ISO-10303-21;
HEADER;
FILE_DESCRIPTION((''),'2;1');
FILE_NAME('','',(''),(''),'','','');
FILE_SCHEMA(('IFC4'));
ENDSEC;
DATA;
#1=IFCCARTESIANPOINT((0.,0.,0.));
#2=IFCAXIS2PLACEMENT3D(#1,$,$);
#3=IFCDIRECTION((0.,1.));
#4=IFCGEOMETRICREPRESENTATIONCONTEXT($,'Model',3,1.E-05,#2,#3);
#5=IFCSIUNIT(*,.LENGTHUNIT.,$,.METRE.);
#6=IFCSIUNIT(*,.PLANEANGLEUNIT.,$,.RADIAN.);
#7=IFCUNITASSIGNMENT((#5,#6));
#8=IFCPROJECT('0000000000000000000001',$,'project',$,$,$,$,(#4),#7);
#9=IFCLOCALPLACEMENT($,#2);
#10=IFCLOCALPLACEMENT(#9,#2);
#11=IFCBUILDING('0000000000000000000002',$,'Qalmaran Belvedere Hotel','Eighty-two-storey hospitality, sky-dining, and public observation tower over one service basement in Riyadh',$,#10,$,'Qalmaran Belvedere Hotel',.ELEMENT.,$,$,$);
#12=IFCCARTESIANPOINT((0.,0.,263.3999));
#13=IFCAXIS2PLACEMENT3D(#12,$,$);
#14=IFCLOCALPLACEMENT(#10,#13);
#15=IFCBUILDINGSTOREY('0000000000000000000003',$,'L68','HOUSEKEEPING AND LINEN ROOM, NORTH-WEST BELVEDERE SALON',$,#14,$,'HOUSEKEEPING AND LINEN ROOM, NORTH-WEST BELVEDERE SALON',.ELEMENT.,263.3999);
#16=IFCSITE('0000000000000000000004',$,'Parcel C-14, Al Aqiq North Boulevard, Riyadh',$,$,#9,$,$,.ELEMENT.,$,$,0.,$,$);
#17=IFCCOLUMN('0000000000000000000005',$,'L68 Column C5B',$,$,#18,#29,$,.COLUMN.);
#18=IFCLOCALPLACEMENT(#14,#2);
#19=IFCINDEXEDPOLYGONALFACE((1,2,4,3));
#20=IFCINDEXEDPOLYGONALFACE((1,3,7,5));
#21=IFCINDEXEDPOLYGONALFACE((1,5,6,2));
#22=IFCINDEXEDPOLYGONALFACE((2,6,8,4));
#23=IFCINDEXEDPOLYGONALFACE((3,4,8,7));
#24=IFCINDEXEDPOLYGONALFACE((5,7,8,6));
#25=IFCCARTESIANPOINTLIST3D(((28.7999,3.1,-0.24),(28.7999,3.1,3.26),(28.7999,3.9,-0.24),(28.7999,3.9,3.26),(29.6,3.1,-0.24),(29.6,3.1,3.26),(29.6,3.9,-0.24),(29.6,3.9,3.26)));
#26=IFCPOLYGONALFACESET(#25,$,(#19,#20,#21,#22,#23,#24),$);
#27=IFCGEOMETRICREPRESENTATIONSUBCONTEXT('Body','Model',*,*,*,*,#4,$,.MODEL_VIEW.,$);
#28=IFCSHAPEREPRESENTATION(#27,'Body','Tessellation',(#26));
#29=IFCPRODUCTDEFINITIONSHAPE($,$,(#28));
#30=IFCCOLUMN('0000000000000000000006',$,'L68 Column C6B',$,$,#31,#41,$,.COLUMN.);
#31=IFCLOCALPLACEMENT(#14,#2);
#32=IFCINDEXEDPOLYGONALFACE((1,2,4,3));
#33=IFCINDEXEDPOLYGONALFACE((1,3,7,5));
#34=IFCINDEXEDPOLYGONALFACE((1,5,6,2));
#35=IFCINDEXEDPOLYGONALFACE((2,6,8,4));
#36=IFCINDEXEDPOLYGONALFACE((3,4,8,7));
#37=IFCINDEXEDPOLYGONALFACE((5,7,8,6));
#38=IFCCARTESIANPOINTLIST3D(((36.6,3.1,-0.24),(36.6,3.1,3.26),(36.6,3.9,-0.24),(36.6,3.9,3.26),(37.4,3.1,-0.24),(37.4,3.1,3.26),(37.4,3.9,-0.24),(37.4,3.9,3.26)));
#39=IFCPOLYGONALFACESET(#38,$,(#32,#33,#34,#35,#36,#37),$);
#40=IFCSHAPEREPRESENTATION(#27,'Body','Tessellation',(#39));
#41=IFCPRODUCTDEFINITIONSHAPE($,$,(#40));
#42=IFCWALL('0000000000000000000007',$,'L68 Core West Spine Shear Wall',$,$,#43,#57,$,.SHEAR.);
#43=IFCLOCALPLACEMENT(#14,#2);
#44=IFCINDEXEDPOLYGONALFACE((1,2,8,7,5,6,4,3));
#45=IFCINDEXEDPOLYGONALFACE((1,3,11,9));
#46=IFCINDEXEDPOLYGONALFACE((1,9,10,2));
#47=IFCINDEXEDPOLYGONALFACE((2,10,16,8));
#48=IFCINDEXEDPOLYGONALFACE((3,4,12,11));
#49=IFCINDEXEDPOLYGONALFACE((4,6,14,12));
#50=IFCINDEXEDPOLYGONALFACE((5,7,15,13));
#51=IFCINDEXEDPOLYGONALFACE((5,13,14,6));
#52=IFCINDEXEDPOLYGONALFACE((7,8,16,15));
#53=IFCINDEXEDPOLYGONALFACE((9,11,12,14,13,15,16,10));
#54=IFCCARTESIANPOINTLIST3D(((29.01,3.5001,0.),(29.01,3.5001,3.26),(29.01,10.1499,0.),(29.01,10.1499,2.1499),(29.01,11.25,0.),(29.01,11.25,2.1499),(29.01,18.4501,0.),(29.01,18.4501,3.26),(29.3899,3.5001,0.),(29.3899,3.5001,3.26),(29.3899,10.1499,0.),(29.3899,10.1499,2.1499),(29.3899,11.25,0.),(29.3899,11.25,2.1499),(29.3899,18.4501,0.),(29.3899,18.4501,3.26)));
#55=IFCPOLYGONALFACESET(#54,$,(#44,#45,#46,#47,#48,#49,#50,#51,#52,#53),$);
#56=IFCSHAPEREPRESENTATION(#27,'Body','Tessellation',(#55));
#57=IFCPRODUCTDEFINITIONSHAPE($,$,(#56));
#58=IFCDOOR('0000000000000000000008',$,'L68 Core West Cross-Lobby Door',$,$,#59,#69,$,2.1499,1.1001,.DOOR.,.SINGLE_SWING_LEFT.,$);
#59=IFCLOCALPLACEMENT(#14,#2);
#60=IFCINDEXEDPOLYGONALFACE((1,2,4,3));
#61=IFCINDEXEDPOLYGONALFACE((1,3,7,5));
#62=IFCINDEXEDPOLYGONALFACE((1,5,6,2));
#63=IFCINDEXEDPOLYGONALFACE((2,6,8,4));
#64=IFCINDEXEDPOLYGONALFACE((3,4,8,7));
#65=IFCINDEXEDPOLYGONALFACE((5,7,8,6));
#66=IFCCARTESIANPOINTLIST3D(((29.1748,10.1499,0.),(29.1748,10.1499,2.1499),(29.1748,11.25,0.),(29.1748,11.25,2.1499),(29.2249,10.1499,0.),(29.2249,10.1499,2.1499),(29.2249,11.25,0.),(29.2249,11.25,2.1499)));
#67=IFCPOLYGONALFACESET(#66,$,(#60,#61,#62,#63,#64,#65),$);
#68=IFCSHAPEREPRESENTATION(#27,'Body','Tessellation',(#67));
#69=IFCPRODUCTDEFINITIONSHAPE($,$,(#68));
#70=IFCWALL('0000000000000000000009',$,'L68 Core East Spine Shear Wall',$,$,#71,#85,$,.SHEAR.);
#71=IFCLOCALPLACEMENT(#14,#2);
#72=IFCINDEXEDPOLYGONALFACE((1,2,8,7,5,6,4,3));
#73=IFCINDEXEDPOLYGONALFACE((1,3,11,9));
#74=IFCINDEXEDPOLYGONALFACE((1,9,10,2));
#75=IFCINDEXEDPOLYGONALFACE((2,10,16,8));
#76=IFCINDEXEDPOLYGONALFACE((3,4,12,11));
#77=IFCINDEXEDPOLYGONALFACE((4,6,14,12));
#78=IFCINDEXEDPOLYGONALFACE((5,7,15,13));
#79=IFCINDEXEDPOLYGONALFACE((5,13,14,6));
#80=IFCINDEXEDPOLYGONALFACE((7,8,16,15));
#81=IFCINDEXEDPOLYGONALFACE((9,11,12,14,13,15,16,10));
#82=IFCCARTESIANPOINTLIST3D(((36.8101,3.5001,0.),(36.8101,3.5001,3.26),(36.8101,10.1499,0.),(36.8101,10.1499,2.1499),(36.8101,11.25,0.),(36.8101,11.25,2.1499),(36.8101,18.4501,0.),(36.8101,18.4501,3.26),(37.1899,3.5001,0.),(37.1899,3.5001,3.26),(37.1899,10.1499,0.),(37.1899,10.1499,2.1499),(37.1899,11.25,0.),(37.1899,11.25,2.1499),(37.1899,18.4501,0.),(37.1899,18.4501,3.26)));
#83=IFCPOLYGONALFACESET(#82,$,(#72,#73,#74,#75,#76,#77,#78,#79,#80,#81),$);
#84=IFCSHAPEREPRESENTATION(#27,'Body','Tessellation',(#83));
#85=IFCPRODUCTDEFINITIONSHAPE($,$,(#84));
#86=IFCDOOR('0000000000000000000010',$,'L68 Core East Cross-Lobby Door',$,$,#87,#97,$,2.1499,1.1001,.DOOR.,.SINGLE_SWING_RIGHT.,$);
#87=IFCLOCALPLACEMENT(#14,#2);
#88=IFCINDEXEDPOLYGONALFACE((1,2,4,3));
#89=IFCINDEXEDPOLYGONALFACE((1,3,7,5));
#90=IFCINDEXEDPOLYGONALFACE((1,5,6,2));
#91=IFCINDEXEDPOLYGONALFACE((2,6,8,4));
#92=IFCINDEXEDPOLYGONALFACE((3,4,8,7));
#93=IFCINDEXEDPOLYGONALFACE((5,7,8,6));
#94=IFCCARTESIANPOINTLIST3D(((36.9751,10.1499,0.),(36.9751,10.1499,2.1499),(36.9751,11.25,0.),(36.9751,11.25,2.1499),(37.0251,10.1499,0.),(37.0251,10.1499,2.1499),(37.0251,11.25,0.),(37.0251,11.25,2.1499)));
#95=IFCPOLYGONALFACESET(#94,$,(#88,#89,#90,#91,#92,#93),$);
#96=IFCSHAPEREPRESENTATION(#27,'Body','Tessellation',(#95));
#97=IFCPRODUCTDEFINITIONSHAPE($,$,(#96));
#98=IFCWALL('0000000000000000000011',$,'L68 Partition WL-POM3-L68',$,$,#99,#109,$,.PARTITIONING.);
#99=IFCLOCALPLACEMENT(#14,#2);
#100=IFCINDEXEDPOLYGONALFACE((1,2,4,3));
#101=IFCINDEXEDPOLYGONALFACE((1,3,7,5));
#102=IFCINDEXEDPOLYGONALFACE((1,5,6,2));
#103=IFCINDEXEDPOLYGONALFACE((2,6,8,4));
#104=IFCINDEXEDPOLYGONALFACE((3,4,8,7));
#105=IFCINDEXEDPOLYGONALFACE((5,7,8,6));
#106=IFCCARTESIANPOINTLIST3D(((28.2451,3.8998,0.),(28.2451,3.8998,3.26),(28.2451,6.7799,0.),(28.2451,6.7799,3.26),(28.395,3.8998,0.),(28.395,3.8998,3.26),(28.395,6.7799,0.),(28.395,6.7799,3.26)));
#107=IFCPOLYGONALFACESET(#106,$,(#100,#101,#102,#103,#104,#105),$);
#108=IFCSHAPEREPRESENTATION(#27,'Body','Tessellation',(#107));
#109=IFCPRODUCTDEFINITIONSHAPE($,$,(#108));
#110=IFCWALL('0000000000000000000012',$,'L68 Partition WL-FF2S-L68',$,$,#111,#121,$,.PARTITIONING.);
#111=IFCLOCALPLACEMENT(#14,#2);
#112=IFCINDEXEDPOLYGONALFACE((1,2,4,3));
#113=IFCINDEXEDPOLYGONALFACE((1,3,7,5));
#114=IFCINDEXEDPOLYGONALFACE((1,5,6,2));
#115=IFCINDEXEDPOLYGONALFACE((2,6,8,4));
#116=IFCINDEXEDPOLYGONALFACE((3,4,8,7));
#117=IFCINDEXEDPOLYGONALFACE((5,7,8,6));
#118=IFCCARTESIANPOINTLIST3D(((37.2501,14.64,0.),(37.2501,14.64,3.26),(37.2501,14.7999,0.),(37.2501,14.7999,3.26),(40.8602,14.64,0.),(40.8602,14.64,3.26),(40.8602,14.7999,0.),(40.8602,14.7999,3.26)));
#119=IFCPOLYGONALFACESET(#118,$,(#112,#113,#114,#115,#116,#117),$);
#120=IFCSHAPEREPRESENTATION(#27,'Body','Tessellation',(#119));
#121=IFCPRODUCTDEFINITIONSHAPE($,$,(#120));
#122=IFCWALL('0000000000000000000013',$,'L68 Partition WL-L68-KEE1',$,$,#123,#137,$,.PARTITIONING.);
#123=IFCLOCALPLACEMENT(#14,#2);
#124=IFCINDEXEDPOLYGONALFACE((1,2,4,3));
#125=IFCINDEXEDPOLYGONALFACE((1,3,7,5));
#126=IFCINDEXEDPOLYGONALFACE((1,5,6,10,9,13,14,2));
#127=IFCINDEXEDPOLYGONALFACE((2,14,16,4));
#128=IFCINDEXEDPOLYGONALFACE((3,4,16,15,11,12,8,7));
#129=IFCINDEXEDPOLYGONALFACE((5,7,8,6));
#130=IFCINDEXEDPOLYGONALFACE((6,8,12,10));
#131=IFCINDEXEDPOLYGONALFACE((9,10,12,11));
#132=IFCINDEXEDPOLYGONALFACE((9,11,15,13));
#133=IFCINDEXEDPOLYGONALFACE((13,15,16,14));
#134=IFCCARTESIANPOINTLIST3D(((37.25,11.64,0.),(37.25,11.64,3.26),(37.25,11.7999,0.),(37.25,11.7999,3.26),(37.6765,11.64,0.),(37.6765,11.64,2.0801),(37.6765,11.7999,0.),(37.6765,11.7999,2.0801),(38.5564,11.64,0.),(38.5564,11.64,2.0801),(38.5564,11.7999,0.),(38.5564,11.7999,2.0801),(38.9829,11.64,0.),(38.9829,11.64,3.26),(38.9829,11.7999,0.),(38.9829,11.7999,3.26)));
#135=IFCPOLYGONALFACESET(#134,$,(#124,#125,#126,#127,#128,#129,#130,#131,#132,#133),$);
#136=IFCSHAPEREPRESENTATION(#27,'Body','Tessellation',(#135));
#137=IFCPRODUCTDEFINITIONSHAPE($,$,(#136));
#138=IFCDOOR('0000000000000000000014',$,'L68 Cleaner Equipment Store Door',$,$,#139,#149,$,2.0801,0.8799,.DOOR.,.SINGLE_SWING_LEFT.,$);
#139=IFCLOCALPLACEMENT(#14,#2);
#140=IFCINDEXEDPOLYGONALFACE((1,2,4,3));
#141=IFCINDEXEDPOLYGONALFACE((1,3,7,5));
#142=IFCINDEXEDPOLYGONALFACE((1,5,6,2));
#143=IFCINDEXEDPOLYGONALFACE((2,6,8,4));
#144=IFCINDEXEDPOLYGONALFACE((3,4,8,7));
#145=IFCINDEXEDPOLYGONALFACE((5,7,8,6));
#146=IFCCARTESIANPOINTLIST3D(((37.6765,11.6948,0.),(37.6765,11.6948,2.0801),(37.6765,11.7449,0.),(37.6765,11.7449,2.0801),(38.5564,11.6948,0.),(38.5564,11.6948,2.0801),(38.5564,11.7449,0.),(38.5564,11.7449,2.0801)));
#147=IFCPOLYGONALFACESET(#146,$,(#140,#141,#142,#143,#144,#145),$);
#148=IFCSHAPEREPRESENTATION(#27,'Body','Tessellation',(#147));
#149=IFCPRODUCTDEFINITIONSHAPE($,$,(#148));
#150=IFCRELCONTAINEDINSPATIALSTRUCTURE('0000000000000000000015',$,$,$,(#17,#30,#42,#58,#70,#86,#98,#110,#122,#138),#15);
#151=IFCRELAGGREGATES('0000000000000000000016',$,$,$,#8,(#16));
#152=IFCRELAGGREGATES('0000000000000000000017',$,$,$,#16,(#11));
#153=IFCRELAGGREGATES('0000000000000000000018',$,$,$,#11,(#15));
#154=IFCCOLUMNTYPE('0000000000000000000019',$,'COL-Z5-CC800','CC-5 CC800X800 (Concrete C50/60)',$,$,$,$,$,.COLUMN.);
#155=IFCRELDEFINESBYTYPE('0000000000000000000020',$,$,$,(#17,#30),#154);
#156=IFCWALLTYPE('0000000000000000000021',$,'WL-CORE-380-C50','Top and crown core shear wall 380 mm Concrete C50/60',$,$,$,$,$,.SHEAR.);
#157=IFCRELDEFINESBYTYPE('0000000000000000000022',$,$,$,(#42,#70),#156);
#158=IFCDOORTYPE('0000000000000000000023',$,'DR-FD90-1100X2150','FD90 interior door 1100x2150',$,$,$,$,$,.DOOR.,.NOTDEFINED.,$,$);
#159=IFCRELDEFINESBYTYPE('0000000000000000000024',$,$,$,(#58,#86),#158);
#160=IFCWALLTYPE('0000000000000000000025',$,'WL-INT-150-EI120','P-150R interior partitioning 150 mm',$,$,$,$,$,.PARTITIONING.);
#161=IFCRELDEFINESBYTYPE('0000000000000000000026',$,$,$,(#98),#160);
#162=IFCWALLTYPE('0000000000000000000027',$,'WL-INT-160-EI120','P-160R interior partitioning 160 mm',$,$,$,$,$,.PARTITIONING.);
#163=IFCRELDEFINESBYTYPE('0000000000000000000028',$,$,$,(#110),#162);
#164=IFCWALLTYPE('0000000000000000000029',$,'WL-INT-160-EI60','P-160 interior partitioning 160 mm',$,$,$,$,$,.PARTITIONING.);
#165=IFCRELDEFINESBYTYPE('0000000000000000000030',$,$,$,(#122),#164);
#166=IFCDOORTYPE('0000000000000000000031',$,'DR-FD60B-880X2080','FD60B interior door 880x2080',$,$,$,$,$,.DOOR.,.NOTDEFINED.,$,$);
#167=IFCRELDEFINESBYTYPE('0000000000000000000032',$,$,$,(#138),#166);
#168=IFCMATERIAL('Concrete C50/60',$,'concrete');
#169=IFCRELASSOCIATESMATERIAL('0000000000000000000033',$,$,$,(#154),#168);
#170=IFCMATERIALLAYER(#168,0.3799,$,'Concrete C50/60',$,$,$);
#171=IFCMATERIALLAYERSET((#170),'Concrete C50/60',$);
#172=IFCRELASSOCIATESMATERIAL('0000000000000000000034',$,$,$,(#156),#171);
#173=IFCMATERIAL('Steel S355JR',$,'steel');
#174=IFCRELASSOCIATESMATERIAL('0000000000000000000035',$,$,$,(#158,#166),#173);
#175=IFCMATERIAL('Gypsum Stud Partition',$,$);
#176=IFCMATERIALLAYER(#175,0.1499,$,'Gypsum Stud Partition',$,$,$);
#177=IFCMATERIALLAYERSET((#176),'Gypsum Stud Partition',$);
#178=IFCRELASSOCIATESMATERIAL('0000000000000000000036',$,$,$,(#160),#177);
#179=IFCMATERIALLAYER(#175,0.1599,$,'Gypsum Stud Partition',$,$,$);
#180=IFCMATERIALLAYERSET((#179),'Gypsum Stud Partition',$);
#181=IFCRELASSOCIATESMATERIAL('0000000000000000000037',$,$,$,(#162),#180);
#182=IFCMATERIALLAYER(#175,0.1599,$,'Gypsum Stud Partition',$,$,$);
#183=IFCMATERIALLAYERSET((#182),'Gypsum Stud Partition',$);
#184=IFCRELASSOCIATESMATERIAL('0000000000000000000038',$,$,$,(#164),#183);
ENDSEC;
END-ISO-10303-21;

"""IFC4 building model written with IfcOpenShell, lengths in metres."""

from ifc_helpers import new_model, si_unit, direction, frame, frame_2d, origin, origin_2d, place, context, subcontext, project, spatial, rectangle, extrude, material, layer, layer_set, material_profile, profile_set, type_object, element, fill, save


model = new_model("IFC4")

# Units and contexts
model_context = context("Model", 3, precision=1e-05, world=origin(), true_north=direction((0.0, 1.0)))
body_context = subcontext(model_context, "Body", "Model", "MODEL_VIEW")
ifc_project = project(units=[si_unit("LENGTHUNIT", "METRE"), si_unit("PLANEANGLEUNIT", "RADIAN")], contexts=[model_context])

# Site, building, storey
site_placement = place(None, origin())
site = spatial("IfcSite", under=ifc_project, at=site_placement, Name="Parcel C-14, Al Aqiq North Boulevard, Riyadh", CompositionType="ELEMENT", RefElevation=0.0)
building_placement = place(site_placement, origin())
building = spatial("IfcBuilding", under=site, at=building_placement, Name="Qalmaran Belvedere Hotel", Description="Eighty-two-storey hospitality, sky-dining, and public observation tower over one service basement in Riyadh", LongName="Qalmaran Belvedere Hotel", CompositionType="ELEMENT")
storey_placement = place(building_placement, frame((0.0, 0.0, 263.3999)))
storey = spatial("IfcBuildingStorey", under=building, at=storey_placement, Name="L68", Description="HOUSEKEEPING AND LINEN ROOM, NORTH-WEST BELVEDERE SALON", LongName="HOUSEKEEPING AND LINEN ROOM, NORTH-WEST BELVEDERE SALON", CompositionType="ELEMENT", Elevation=263.3999)

# Columns
ifc_material_1 = material(Name="Concrete C50/60", Category="concrete")
ifc_material_profile = material_profile(ifc_material_1, rectangle(XDim=0.8, YDim=0.8, at=origin_2d()), Name="CC800X800")
ifc_profile_set = profile_set([ifc_material_profile], Name="Concrete C50/60")
column_type = type_object("IfcColumnType", Name="COL-Z5-CC800", Description="CC-5 CC800X800 (Concrete C50/60)", PredefinedType="COLUMN", material=ifc_profile_set)
for number, where, z_axis, x_axis, name in (
    (1, (29.2, 3.5, -0.24), (0.0, 0.0, 1.0), (1.0, 0.0, 0.0), "L68 Column C5B"),
    (2, (37.0, 3.5, -0.24), (0.0, 0.0, 1.0), (1.0, 0.0, 0.0), "L68 Column C6B"),
):
    element("IfcColumn", number, at=place(storey_placement, frame(where, z_axis=z_axis, x_axis=x_axis)), inside=storey, type_object=column_type, Name=name, PredefinedType="COLUMN", context=body_context, shape_type="SweptSolid", body=[
        extrude(rectangle(XDim=0.8, YDim=0.8, at=origin_2d()), origin(), (0.0, 0.0, 1.0), 3.5),
    ])

# Walls, openings, doors
ifc_layer_1 = layer(ifc_material_1, 0.3799, Name="Concrete C50/60")
ifc_layer_set_1 = layer_set([ifc_layer_1], Name="Concrete C50/60")
wall_type_1 = type_object("IfcWallType", Name="WL-CORE-380-C50", Description="Top and crown core shear wall 380 mm Concrete C50/60", PredefinedType="SHEAR", material=ifc_layer_set_1)
wall_1_placement = place(storey_placement, frame((29.2, 3.5, 0.0), z_axis=(0.0, 0.0, 1.0), x_axis=(0.0, 1.0, 0.0)))
wall_1 = element("IfcWall", 3, at=wall_1_placement, inside=storey, type_object=wall_type_1, Name="L68 Core West Spine Shear Wall", PredefinedType="SHEAR", context=body_context, shape_type="SweptSolid", body=[
    extrude(rectangle(XDim=14.95, YDim=0.3799, at=frame_2d((7.4751, 0.0))), origin(), (0.0, 0.0, 1.0), 3.26),
])
opening_1_placement = place(wall_1_placement, frame((7.75, 0.0, 0.0), z_axis=(0.0, 0.0, 1.0), x_axis=(-1.0, 0.0, 0.0)))
opening_1 = element("IfcOpeningElement", 4, at=opening_1_placement, cuts=wall_1, PredefinedType="OPENING", context=body_context, shape_type="SweptSolid", body=[
    extrude(rectangle(XDim=1.1001, YDim=2.1499, at=frame_2d((0.55, 1.075))), frame((0.0, 0.2, 0.0), z_axis=(0.0, -1.0, 0.0), x_axis=(1.0, 0.0, 0.0)), (0.0, 0.0, 1.0), 0.3999),
])
ifc_material_2 = material(Name="Steel S355JR", Category="steel")
door_type_1 = type_object("IfcDoorType", Name="DR-FD90-1100X2150", Description="FD90 interior door 1100x2150", OperationType="NOTDEFINED", PredefinedType="DOOR", material=ifc_material_2)
door_1_placement = place(opening_1_placement, origin())
door_1 = element("IfcDoor", 5, at=door_1_placement, inside=storey, type_object=door_type_1, Name="L68 Core West Cross-Lobby Door", OperationType="SINGLE_SWING_LEFT", OverallHeight=2.1499, OverallWidth=1.1001, PredefinedType="DOOR", context=body_context, shape_type="SweptSolid", body=[
    extrude(rectangle(XDim=1.1001, YDim=2.1499, at=frame_2d((0.55, 1.075))), frame((0.0, 0.0249, 0.0), z_axis=(0.0, -1.0, 0.0), x_axis=(1.0, 0.0, 0.0)), (0.0, 0.0, 1.0), 0.05),
])
fill(opening_1, door_1)
wall_2_placement = place(storey_placement, frame((37.0, 3.5, 0.0), z_axis=(0.0, 0.0, 1.0), x_axis=(0.0, 1.0, 0.0)))
wall_2 = element("IfcWall", 6, at=wall_2_placement, inside=storey, type_object=wall_type_1, Name="L68 Core East Spine Shear Wall", PredefinedType="SHEAR", context=body_context, shape_type="SweptSolid", body=[
    extrude(rectangle(XDim=14.95, YDim=0.3799, at=frame_2d((7.4751, 0.0))), origin(), (0.0, 0.0, 1.0), 3.26),
])
opening_2_placement = place(wall_2_placement, frame((6.6499, 0.0, 0.0)))
opening_2 = element("IfcOpeningElement", 7, at=opening_2_placement, cuts=wall_2, PredefinedType="OPENING", context=body_context, shape_type="SweptSolid", body=[
    extrude(rectangle(XDim=1.1001, YDim=2.1499, at=frame_2d((0.55, 1.075))), frame((0.0, 0.2, 0.0), z_axis=(0.0, -1.0, 0.0), x_axis=(1.0, 0.0, 0.0)), (0.0, 0.0, 1.0), 0.3999),
])
door_2_placement = place(opening_2_placement, origin())
door_2 = element("IfcDoor", 8, at=door_2_placement, inside=storey, type_object=door_type_1, Name="L68 Core East Cross-Lobby Door", OperationType="SINGLE_SWING_RIGHT", OverallHeight=2.1499, OverallWidth=1.1001, PredefinedType="DOOR", context=body_context, shape_type="SweptSolid", body=[
    extrude(rectangle(XDim=1.1001, YDim=2.1499, at=frame_2d((0.55, 1.075))), frame((0.0, 0.0249, 0.0), z_axis=(0.0, -1.0, 0.0), x_axis=(1.0, 0.0, 0.0)), (0.0, 0.0, 1.0), 0.05),
])
fill(opening_2, door_2)

# Walls
ifc_material_3 = material(Name="Gypsum Stud Partition")
ifc_layer_2 = layer(ifc_material_3, 0.1499, Name="Gypsum Stud Partition")
ifc_layer_set_2 = layer_set([ifc_layer_2], Name="Gypsum Stud Partition")
wall_type_2 = type_object("IfcWallType", Name="WL-INT-150-EI120", Description="P-150R interior partitioning 150 mm", PredefinedType="PARTITIONING", material=ifc_layer_set_2)
wall_3_placement = place(storey_placement, frame((28.3201, 3.8999, 0.0), z_axis=(0.0, 0.0, 1.0), x_axis=(0.0, 1.0, 0.0)))
element("IfcWall", 9, at=wall_3_placement, inside=storey, type_object=wall_type_2, Name="L68 Partition WL-POM3-L68", PredefinedType="PARTITIONING", context=body_context, shape_type="SweptSolid", body=[
    extrude(rectangle(XDim=2.8801, YDim=0.1499, at=frame_2d((1.4399, 0.0))), origin(), (0.0, 0.0, 1.0), 3.26),
])
ifc_layer_3 = layer(ifc_material_3, 0.1599, Name="Gypsum Stud Partition")
ifc_layer_set_3 = layer_set([ifc_layer_3], Name="Gypsum Stud Partition")
wall_type_3 = type_object("IfcWallType", Name="WL-INT-160-EI120", Description="P-160R interior partitioning 160 mm", PredefinedType="PARTITIONING", material=ifc_layer_set_3)
wall_4_placement = place(storey_placement, frame((37.25, 14.72, 0.0), z_axis=(0.0, 0.0, 1.0), x_axis=(1.0, 0.0, 0.0)))
element("IfcWall", 10, at=wall_4_placement, inside=storey, type_object=wall_type_3, Name="L68 Partition WL-FF2S-L68", PredefinedType="PARTITIONING", context=body_context, shape_type="SweptSolid", body=[
    extrude(rectangle(XDim=3.6101, YDim=0.1599, at=frame_2d((1.8052, 0.0))), origin(), (0.0, 0.0, 1.0), 3.26),
])

# Wall, opening, door
ifc_layer_4 = layer(ifc_material_3, 0.1599, Name="Gypsum Stud Partition")
ifc_layer_set_4 = layer_set([ifc_layer_4], Name="Gypsum Stud Partition")
wall_type_4 = type_object("IfcWallType", Name="WL-INT-160-EI60", Description="P-160 interior partitioning 160 mm", PredefinedType="PARTITIONING", material=ifc_layer_set_4)
wall_5_placement = place(storey_placement, frame((37.25, 11.72, 0.0), z_axis=(0.0, 0.0, 1.0), x_axis=(1.0, 0.0, 0.0)))
wall_5 = element("IfcWall", 11, at=wall_5_placement, inside=storey, type_object=wall_type_4, Name="L68 Partition WL-L68-KEE1", PredefinedType="PARTITIONING", context=body_context, shape_type="SweptSolid", body=[
    extrude(rectangle(XDim=1.7329, YDim=0.1599, at=frame_2d((0.8665, 0.0))), origin(), (0.0, 0.0, 1.0), 3.26),
])
opening_3_placement = place(wall_5_placement, frame((0.4265, 0.0, 0.0)))
opening_3 = element("IfcOpeningElement", 12, at=opening_3_placement, cuts=wall_5, PredefinedType="OPENING", context=body_context, shape_type="SweptSolid", body=[
    extrude(rectangle(XDim=0.8799, YDim=2.0801, at=frame_2d((0.4399, 1.04))), frame((0.0, 0.0898, 0.0), z_axis=(0.0, -1.0, 0.0), x_axis=(1.0, 0.0, 0.0)), (0.0, 0.0, 1.0), 0.1799),
])
door_type_2 = type_object("IfcDoorType", Name="DR-FD60B-880X2080", Description="FD60B interior door 880x2080", OperationType="NOTDEFINED", PredefinedType="DOOR", material=ifc_material_2)
door_3_placement = place(opening_3_placement, origin())
door_3 = element("IfcDoor", 13, at=door_3_placement, inside=storey, type_object=door_type_2, Name="L68 Cleaner Equipment Store Door", OperationType="SINGLE_SWING_LEFT", OverallHeight=2.0801, OverallWidth=0.8799, PredefinedType="DOOR", context=body_context, shape_type="SweptSolid", body=[
    extrude(rectangle(XDim=0.8799, YDim=2.0801, at=frame_2d((0.4399, 1.04))), frame((0.0, 0.0249, 0.0), z_axis=(0.0, -1.0, 0.0), x_axis=(1.0, 0.0, 0.0)), (0.0, 0.0, 1.0), 0.05),
])
fill(opening_3, door_3)

save(model, "model.ifc")
